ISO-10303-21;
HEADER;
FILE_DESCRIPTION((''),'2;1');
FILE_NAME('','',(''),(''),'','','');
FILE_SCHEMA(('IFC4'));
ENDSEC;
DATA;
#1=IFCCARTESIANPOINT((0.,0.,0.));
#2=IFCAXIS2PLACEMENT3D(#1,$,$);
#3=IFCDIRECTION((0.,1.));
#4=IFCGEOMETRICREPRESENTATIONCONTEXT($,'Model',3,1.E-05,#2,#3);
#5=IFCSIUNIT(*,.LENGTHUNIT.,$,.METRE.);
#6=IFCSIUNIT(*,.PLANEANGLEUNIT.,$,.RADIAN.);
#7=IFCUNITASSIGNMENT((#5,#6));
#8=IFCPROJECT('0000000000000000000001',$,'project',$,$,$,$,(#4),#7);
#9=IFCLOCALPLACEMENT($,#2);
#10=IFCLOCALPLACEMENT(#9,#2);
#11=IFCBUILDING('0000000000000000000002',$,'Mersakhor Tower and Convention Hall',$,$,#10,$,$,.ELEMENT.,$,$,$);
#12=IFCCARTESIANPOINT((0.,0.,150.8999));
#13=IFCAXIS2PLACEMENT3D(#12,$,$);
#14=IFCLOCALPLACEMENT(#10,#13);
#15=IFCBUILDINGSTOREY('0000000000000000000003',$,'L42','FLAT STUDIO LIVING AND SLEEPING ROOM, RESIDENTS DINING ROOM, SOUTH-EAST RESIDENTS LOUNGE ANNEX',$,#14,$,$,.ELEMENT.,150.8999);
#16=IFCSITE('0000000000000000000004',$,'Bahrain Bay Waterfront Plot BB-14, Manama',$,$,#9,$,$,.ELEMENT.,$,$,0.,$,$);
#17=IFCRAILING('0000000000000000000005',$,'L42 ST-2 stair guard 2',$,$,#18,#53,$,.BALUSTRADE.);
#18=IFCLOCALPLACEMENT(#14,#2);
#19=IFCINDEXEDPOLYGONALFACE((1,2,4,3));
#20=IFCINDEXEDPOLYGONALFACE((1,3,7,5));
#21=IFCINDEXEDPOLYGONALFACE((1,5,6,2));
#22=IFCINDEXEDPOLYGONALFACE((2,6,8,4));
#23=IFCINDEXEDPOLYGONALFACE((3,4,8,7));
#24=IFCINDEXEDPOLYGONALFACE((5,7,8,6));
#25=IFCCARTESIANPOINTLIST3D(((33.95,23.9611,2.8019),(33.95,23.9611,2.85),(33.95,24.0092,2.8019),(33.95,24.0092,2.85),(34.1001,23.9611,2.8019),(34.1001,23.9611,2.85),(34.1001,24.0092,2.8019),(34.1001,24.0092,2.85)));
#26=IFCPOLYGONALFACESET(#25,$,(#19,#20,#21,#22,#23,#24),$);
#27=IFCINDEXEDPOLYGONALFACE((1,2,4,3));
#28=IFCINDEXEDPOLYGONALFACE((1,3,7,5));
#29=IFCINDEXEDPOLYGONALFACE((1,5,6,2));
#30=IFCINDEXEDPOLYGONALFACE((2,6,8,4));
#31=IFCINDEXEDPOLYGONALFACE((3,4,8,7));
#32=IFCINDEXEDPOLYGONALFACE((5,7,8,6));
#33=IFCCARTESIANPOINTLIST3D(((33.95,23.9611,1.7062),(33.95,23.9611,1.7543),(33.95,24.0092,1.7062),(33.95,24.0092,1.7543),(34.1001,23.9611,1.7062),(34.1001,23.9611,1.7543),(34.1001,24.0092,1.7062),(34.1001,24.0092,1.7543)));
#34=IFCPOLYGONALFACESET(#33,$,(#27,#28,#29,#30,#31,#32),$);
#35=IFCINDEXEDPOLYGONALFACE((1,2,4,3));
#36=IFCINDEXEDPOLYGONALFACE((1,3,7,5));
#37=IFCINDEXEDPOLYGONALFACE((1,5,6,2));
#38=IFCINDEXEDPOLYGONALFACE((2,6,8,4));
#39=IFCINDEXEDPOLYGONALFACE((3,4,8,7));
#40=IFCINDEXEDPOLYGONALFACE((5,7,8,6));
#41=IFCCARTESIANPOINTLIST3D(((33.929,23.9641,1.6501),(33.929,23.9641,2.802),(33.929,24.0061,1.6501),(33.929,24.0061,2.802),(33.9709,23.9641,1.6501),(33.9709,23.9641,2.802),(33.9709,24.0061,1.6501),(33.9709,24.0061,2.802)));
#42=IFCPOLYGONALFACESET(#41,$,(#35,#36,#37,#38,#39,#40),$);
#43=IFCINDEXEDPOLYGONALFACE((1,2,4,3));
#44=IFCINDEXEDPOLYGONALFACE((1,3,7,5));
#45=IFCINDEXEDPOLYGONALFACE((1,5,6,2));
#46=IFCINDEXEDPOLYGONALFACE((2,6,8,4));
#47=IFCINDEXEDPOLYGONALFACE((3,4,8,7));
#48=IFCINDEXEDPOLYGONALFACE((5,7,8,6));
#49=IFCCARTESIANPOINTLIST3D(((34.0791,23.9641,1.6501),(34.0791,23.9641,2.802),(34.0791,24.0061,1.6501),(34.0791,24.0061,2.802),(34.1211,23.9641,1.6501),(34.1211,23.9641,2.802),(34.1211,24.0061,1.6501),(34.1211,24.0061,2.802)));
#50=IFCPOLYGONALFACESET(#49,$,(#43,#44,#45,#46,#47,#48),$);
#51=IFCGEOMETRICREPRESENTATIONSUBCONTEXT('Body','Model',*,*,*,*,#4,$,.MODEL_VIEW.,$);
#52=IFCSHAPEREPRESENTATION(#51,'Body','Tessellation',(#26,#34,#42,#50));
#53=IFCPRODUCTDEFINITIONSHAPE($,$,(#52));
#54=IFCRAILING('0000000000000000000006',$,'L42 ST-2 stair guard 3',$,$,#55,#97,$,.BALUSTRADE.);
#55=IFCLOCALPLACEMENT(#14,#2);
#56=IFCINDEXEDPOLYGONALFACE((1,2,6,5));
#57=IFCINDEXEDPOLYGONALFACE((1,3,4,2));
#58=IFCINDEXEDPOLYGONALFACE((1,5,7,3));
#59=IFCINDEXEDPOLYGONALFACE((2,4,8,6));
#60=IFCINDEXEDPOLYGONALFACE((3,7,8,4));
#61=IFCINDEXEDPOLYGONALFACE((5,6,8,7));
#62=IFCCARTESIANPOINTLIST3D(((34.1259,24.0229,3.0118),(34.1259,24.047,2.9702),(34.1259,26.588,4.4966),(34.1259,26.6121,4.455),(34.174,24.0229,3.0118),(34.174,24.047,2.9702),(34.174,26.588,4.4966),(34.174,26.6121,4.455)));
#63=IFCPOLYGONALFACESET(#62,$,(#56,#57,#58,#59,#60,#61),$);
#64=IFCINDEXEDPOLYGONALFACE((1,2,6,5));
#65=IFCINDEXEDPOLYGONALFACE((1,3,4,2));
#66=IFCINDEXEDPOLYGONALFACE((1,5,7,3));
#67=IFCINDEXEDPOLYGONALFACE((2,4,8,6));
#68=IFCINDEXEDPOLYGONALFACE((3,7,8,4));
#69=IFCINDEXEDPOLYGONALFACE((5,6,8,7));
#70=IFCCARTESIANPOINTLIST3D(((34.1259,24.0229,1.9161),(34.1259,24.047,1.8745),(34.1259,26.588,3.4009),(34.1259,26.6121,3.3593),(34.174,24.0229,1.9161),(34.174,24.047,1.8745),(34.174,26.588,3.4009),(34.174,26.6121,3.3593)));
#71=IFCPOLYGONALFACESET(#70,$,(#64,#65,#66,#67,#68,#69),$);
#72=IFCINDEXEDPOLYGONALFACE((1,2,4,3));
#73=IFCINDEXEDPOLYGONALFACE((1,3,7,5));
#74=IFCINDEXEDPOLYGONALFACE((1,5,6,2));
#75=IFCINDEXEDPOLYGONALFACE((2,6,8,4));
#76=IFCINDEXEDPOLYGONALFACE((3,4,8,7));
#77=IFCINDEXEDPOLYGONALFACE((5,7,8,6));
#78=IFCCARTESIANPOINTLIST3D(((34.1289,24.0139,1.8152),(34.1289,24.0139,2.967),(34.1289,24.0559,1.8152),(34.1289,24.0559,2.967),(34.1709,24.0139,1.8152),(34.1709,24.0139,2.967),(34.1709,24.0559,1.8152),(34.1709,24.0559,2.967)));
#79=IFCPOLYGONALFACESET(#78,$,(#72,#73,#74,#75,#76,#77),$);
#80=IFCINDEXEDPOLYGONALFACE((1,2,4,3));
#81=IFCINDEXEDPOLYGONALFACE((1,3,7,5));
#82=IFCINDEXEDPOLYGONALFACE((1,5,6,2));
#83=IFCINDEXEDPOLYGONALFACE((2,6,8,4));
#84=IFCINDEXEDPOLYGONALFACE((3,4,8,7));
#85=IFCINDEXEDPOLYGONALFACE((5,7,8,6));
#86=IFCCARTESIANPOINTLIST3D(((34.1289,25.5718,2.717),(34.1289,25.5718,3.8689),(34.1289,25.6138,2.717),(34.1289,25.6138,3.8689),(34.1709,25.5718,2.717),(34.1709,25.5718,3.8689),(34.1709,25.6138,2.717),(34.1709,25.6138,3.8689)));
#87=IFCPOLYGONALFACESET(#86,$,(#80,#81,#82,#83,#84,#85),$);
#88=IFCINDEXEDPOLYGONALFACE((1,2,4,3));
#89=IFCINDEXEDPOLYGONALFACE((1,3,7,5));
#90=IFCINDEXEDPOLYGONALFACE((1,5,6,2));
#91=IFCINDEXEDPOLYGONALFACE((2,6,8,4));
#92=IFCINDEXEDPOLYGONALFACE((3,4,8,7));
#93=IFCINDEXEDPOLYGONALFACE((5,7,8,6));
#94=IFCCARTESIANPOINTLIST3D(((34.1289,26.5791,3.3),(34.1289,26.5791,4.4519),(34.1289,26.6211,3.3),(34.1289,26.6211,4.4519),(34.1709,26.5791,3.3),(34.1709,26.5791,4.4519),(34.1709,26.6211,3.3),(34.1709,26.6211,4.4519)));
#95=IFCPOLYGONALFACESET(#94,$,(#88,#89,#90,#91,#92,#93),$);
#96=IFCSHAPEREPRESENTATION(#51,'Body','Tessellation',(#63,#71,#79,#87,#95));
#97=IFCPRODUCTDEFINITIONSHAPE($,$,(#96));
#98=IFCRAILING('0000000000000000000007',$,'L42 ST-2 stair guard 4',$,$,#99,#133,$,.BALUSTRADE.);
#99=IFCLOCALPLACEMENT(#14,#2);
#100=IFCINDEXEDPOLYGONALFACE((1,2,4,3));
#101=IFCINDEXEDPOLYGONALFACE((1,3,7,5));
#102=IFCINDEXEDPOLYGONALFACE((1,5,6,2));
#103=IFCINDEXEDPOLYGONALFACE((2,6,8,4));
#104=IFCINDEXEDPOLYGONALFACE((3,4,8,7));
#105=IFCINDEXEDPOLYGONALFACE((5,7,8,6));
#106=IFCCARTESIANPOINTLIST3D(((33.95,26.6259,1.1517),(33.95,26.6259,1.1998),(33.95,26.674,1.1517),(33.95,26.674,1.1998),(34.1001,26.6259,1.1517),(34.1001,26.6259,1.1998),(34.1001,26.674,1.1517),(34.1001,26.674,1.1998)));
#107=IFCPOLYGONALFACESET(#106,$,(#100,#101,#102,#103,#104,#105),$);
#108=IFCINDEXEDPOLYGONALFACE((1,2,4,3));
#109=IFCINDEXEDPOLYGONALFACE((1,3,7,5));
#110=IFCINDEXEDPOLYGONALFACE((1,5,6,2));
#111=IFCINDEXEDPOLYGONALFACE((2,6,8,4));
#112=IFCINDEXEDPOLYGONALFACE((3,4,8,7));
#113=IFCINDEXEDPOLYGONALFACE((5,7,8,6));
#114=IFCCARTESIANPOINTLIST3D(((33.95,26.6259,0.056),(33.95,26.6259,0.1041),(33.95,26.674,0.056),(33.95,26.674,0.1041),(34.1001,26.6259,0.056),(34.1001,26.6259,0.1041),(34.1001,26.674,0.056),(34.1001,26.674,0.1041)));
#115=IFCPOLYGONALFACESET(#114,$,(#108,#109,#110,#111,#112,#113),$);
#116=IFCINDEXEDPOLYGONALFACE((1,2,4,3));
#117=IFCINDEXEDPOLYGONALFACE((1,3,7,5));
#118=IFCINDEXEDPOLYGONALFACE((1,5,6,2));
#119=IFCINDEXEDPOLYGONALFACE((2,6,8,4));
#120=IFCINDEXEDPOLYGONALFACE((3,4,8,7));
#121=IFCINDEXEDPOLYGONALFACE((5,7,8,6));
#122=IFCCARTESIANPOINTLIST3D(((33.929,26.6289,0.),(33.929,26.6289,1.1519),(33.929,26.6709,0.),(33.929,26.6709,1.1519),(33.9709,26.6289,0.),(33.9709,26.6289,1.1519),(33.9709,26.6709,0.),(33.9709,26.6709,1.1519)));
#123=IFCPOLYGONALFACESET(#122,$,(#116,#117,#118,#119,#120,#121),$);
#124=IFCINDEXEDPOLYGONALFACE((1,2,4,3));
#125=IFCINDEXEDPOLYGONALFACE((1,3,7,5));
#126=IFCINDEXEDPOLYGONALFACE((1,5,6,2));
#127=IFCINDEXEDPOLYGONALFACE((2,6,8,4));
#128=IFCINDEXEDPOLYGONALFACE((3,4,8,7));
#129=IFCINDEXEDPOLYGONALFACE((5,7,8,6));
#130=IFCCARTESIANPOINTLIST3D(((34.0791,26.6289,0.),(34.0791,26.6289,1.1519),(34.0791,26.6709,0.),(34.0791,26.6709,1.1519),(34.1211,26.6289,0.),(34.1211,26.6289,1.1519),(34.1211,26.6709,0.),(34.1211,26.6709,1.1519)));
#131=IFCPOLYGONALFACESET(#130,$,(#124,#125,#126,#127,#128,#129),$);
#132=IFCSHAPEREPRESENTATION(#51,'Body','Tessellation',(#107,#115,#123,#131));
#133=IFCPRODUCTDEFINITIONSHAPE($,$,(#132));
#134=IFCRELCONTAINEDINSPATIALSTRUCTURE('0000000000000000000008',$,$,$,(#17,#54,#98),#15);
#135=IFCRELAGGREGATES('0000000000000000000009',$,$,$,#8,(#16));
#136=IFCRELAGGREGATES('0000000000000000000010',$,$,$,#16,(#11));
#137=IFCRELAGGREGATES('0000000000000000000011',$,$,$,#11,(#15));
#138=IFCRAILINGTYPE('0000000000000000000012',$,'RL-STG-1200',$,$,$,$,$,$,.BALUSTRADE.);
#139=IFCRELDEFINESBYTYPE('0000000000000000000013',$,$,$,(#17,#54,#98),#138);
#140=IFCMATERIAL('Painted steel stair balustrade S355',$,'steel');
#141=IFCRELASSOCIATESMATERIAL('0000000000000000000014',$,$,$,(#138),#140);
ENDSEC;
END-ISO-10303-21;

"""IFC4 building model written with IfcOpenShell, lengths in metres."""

from ifc_helpers import new_model, si_unit, direction, frame, origin, origin_2d, place, context, subcontext, project, spatial, rectangle, extrude, material, type_object, element, save


model = new_model("IFC4")

# Units and contexts
model_context = context("Model", 3, precision=1e-05, world=origin(), true_north=direction((0.0, 1.0)))
body_context = subcontext(model_context, "Body", "Model", "MODEL_VIEW")
ifc_project = project(units=[si_unit("LENGTHUNIT", "METRE"), si_unit("PLANEANGLEUNIT", "RADIAN")], contexts=[model_context])

# Site, building, storey
site_placement = place(None, origin())
site = spatial("IfcSite", under=ifc_project, at=site_placement, Name="Bahrain Bay Waterfront Plot BB-14, Manama", CompositionType="ELEMENT", RefElevation=0.0)
building_placement = place(site_placement, origin())
building = spatial("IfcBuilding", under=site, at=building_placement, Name="Mersakhor Tower and Convention Hall", CompositionType="ELEMENT")
storey_placement = place(building_placement, frame((0.0, 0.0, 150.8999)))
storey = spatial("IfcBuildingStorey", under=building, at=storey_placement, Name="L42", Description="FLAT STUDIO LIVING AND SLEEPING ROOM, RESIDENTS DINING ROOM, SOUTH-EAST RESIDENTS LOUNGE ANNEX", CompositionType="ELEMENT", Elevation=150.8999)

# Railings
ifc_material_1 = material(Name="Painted steel stair balustrade S355", Category="steel")
railing_type_1 = type_object("IfcRailingType", Name="RL-STG-1200", PredefinedType="BALUSTRADE", material=ifc_material_1)
railing_1_placement = place(storey_placement, frame((33.95, 23.9851, 1.6501)))
element("IfcRailing", 1, at=railing_1_placement, inside=storey, type_object=railing_type_1, Name="L42 ST-2 stair guard 2", PredefinedType="BALUSTRADE", context=body_context, shape_type="SweptSolid", body=[
    extrude(rectangle(XDim=0.0481, YDim=0.0481, at=origin_2d()), frame((0.0, 0.0, 1.1758), z_axis=(1.0, 0.0, 0.0), x_axis=(0.0, 1.0, 0.0)), (0.0, 0.0, 1.0), 0.1501),
    extrude(rectangle(XDim=0.0481, YDim=0.0481, at=origin_2d()), frame((0.0, 0.0, 0.0801), z_axis=(1.0, 0.0, 0.0), x_axis=(0.0, 1.0, 0.0)), (0.0, 0.0, 1.0), 0.1501),
    extrude(rectangle(XDim=0.042, YDim=0.042, at=origin_2d()), origin(), (0.0, 0.0, 1.0), 1.1519),
    extrude(rectangle(XDim=0.042, YDim=0.042, at=origin_2d()), frame((0.1501, 0.0, 0.0)), (0.0, 0.0, 1.0), 1.1519),
])
railing_2_placement = place(storey_placement, frame((34.1499, 24.0349, 1.8152)))
element("IfcRailing", 2, at=railing_2_placement, inside=storey, type_object=railing_type_1, Name="L42 ST-2 stair guard 3", PredefinedType="BALUSTRADE", context=body_context, shape_type="SweptSolid", body=[
    extrude(rectangle(XDim=0.0481, YDim=0.0481, at=origin_2d()), frame((0.0, 0.0, 1.1758), z_axis=(0.0, 0.865462, 0.500975), x_axis=(-1.0, 0.0, 0.0)), (0.0, 0.0, 1.0), 2.9639),
    extrude(rectangle(XDim=0.0481, YDim=0.0481, at=origin_2d()), frame((0.0, 0.0, 0.0801), z_axis=(0.0, 0.865462, 0.500975), x_axis=(-1.0, 0.0, 0.0)), (0.0, 0.0, 1.0), 2.9639),
    extrude(rectangle(XDim=0.042, YDim=0.042, at=origin_2d()), origin(), (0.0, 0.0, 1.0), 1.1519),
    extrude(rectangle(XDim=0.042, YDim=0.042, at=origin_2d()), frame((0.0, 1.5579, 0.9019)), (0.0, 0.0, 1.0), 1.1519),
    extrude(rectangle(XDim=0.042, YDim=0.042, at=origin_2d()), frame((0.0, 2.5652, 1.4849)), (0.0, 0.0, 1.0), 1.1519),
])
railing_3_placement = place(storey_placement, frame((33.95, 26.6499, 0.0)))
element("IfcRailing", 3, at=railing_3_placement, inside=storey, type_object=railing_type_1, Name="L42 ST-2 stair guard 4", PredefinedType="BALUSTRADE", context=body_context, shape_type="SweptSolid", body=[
    extrude(rectangle(XDim=0.0481, YDim=0.0481, at=origin_2d()), frame((0.0, 0.0, 1.1758), z_axis=(1.0, 0.0, 0.0), x_axis=(0.0, 1.0, 0.0)), (0.0, 0.0, 1.0), 0.1501),
    extrude(rectangle(XDim=0.0481, YDim=0.0481, at=origin_2d()), frame((0.0, 0.0, 0.0801), z_axis=(1.0, 0.0, 0.0), x_axis=(0.0, 1.0, 0.0)), (0.0, 0.0, 1.0), 0.1501),
    extrude(rectangle(XDim=0.042, YDim=0.042, at=origin_2d()), origin(), (0.0, 0.0, 1.0), 1.1519),
    extrude(rectangle(XDim=0.042, YDim=0.042, at=origin_2d()), frame((0.1501, 0.0, 0.0)), (0.0, 0.0, 1.0), 1.1519),
])

save(model, "model.ifc")
